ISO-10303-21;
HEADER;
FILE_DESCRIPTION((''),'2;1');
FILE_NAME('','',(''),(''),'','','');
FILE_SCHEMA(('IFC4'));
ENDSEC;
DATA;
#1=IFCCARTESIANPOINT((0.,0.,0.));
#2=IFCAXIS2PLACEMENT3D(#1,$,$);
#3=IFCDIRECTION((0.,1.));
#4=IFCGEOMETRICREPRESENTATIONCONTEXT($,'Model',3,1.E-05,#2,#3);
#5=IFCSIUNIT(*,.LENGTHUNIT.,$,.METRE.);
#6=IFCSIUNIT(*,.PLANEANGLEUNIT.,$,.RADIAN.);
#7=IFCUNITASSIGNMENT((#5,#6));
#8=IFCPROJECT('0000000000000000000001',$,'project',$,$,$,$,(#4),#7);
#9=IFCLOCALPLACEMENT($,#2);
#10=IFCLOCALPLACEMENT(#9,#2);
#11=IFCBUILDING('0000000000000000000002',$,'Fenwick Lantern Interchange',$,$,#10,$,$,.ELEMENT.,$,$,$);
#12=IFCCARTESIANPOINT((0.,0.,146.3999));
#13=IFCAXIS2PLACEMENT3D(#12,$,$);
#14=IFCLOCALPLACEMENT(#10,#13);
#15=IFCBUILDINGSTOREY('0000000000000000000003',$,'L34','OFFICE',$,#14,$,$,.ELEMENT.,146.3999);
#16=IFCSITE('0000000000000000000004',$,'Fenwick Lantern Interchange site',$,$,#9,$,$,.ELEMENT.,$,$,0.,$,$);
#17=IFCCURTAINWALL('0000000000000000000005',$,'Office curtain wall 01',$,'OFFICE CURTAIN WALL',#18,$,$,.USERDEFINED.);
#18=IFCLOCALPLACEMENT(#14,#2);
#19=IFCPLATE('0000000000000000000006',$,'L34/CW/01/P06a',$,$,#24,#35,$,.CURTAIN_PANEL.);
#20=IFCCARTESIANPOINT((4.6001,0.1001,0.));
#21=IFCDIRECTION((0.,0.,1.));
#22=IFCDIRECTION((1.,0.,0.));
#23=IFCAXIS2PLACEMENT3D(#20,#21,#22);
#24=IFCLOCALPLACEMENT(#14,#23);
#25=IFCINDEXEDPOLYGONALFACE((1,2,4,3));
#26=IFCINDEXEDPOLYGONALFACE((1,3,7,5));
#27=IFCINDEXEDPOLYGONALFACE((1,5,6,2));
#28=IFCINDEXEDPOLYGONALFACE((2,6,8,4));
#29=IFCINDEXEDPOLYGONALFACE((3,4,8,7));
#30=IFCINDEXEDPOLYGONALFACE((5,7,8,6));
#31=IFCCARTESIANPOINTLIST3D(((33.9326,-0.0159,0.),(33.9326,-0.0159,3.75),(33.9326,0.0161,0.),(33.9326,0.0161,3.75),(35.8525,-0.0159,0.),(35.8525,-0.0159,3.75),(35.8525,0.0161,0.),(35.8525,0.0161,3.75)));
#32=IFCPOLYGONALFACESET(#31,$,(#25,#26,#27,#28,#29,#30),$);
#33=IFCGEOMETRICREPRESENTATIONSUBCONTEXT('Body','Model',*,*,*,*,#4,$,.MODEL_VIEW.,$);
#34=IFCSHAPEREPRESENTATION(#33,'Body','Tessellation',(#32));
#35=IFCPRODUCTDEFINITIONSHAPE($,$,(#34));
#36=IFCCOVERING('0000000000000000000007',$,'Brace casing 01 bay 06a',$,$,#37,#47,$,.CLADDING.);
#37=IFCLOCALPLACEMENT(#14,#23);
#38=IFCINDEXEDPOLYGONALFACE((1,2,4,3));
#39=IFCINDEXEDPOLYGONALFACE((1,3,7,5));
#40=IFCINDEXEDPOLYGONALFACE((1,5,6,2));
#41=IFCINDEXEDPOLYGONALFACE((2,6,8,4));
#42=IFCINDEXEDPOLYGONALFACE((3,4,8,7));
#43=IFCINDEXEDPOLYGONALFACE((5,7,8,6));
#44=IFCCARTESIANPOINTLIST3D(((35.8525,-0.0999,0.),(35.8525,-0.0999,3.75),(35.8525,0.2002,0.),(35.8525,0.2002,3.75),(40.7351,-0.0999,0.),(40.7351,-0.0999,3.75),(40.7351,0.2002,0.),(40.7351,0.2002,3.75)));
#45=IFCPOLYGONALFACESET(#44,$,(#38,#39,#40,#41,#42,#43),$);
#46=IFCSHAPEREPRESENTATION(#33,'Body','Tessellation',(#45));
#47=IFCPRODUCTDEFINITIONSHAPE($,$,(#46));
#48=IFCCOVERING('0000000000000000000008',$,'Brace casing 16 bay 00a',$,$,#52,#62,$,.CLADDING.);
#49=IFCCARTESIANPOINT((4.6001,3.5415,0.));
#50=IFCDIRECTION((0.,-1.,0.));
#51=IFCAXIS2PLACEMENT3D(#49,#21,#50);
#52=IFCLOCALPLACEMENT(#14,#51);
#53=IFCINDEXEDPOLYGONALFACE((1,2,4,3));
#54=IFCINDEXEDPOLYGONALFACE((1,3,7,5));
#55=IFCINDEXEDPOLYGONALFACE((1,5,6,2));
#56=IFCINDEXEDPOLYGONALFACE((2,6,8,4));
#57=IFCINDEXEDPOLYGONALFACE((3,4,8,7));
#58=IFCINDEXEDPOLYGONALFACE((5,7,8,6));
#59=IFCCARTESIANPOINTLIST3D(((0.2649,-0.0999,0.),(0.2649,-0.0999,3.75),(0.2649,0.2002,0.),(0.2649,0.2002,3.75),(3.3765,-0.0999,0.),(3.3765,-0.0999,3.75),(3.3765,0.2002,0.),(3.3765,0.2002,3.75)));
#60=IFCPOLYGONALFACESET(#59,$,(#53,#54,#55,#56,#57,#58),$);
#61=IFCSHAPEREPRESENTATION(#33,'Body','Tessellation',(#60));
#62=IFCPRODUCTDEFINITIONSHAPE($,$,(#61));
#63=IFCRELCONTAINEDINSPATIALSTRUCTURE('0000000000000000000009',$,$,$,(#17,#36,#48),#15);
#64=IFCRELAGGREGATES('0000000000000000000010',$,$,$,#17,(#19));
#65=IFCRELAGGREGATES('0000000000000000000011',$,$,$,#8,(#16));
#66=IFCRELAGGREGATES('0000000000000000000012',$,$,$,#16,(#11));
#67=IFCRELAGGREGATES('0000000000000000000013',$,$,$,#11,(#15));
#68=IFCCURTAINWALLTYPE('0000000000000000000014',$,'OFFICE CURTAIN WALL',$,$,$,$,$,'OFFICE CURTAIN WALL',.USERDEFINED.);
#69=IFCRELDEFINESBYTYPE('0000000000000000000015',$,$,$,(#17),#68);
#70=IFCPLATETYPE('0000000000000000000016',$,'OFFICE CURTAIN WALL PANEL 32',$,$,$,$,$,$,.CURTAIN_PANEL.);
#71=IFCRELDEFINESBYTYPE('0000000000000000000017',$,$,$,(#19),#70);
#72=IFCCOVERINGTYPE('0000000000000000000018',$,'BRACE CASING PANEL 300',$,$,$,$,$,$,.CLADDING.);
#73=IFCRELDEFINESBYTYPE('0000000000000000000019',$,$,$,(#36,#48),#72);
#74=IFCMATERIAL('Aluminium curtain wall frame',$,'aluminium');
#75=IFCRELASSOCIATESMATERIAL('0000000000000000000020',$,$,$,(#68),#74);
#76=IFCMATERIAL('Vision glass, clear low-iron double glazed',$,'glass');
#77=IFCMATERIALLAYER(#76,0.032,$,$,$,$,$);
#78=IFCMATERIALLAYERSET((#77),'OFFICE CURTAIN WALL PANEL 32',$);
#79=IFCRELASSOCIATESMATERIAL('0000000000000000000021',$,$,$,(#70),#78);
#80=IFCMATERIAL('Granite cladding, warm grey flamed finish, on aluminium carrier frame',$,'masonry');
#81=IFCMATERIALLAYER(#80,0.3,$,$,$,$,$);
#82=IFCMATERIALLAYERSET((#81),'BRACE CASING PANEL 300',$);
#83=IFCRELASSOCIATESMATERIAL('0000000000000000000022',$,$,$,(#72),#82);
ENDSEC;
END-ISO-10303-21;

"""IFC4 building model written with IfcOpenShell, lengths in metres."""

from ifc_helpers import new_model, si_unit, direction, frame, origin, place, context, subcontext, project, spatial, polyline, outline, extrude, material, layer, layer_set, type_object, element, aggregate, save


model = new_model("IFC4")

# Units and contexts
model_context = context("Model", 3, precision=1e-05, world=origin(), true_north=direction((0.0, 1.0)))
body_context = subcontext(model_context, "Body", "Model", "MODEL_VIEW")
ifc_project = project(units=[si_unit("LENGTHUNIT", "METRE"), si_unit("PLANEANGLEUNIT", "RADIAN")], contexts=[model_context])

# Site, building, storey
site_placement = place(None, origin())
site = spatial("IfcSite", under=ifc_project, at=site_placement, Name="Fenwick Lantern Interchange site", CompositionType="ELEMENT", RefElevation=0.0)
building_placement = place(site_placement, origin())
building = spatial("IfcBuilding", under=site, at=building_placement, Name="Fenwick Lantern Interchange", CompositionType="ELEMENT")
storey_placement = place(building_placement, frame((0.0, 0.0, 146.3999)))
storey = spatial("IfcBuildingStorey", under=building, at=storey_placement, Name="L34", Description="OFFICE", CompositionType="ELEMENT", Elevation=146.3999)

# Curtain wall
ifc_material_1 = material(Name="Aluminium curtain wall frame", Category="aluminium")
curtain_wall_type = type_object("IfcCurtainWallType", Name="OFFICE CURTAIN WALL", ElementType="OFFICE CURTAIN WALL", PredefinedType="USERDEFINED", material=ifc_material_1)
curtain_wall_1_placement = place(storey_placement, origin())
curtain_wall_1 = element("IfcCurtainWall", 1, at=curtain_wall_1_placement, inside=storey, type_object=curtain_wall_type, Name="Office curtain wall 01", ObjectType="OFFICE CURTAIN WALL", PredefinedType="USERDEFINED")

# Plate
ifc_material_2 = material(Name="Vision glass, clear low-iron double glazed", Category="glass")
ifc_layer_1 = layer(ifc_material_2, 0.032)
ifc_layer_set_1 = layer_set([ifc_layer_1], Name="OFFICE CURTAIN WALL PANEL 32")
plate_type = type_object("IfcPlateType", Name="OFFICE CURTAIN WALL PANEL 32", PredefinedType="CURTAIN_PANEL", material=ifc_layer_set_1)
plate_placement = place(storey_placement, frame((4.6001, 0.1001, 0.0), z_axis=(0.0, 0.0, 1.0), x_axis=(1.0, 0.0, 0.0)))
plate = element("IfcPlate", 2, at=plate_placement, type_object=plate_type, Name="L34/CW/01/P06a", PredefinedType="CURTAIN_PANEL", context=body_context, shape_type="SweptSolid", body=[
    extrude(outline(polyline([(33.9326, 0.0), (35.8525, 0.0), (35.8525, 3.75), (33.9326, 3.75), (33.9326, 0.0)])), frame((0.0, 0.0161, 0.0), z_axis=(0.0, -1.0, 0.0), x_axis=(1.0, 0.0, 0.0)), (0.0, 0.0, 1.0), 0.032),
])
aggregate(curtain_wall_1, [plate])

# Coverings
ifc_material_3 = material(Name="Granite cladding, warm grey flamed finish, on aluminium carrier frame", Category="masonry")
ifc_layer_2 = layer(ifc_material_3, 0.3)
ifc_layer_set_2 = layer_set([ifc_layer_2], Name="BRACE CASING PANEL 300")
covering_type = type_object("IfcCoveringType", Name="BRACE CASING PANEL 300", PredefinedType="CLADDING", material=ifc_layer_set_2)
covering_1_placement = place(storey_placement, frame((4.6001, 0.1001, 0.0), z_axis=(0.0, 0.0, 1.0), x_axis=(1.0, 0.0, 0.0)))
element("IfcCovering", 3, at=covering_1_placement, inside=storey, type_object=covering_type, Name="Brace casing 01 bay 06a", PredefinedType="CLADDING", context=body_context, shape_type="SweptSolid", body=[
    extrude(outline(polyline([(35.8525, 0.0), (40.7351, 0.0), (40.7351, 3.75), (35.8525, 3.75), (35.8525, 0.0)])), frame((0.0, 0.2002, 0.0), z_axis=(0.0, -1.0, 0.0), x_axis=(1.0, 0.0, 0.0)), (0.0, 0.0, 1.0), 0.3),
])
covering_2_placement = place(storey_placement, frame((4.6001, 3.5415, 0.0), z_axis=(0.0, 0.0, 1.0), x_axis=(0.0, -1.0, 0.0)))
element("IfcCovering", 4, at=covering_2_placement, inside=storey, type_object=covering_type, Name="Brace casing 16 bay 00a", PredefinedType="CLADDING", context=body_context, shape_type="SweptSolid", body=[
    extrude(outline(polyline([(0.2649, 0.0), (3.3765, 0.0), (3.3765, 3.75), (0.2649, 3.75), (0.2649, 0.0)])), frame((0.0, 0.2002, 0.0), z_axis=(0.0, -1.0, 0.0), x_axis=(1.0, 0.0, 0.0)), (0.0, 0.0, 1.0), 0.3),
])

save(model, "model.ifc")
